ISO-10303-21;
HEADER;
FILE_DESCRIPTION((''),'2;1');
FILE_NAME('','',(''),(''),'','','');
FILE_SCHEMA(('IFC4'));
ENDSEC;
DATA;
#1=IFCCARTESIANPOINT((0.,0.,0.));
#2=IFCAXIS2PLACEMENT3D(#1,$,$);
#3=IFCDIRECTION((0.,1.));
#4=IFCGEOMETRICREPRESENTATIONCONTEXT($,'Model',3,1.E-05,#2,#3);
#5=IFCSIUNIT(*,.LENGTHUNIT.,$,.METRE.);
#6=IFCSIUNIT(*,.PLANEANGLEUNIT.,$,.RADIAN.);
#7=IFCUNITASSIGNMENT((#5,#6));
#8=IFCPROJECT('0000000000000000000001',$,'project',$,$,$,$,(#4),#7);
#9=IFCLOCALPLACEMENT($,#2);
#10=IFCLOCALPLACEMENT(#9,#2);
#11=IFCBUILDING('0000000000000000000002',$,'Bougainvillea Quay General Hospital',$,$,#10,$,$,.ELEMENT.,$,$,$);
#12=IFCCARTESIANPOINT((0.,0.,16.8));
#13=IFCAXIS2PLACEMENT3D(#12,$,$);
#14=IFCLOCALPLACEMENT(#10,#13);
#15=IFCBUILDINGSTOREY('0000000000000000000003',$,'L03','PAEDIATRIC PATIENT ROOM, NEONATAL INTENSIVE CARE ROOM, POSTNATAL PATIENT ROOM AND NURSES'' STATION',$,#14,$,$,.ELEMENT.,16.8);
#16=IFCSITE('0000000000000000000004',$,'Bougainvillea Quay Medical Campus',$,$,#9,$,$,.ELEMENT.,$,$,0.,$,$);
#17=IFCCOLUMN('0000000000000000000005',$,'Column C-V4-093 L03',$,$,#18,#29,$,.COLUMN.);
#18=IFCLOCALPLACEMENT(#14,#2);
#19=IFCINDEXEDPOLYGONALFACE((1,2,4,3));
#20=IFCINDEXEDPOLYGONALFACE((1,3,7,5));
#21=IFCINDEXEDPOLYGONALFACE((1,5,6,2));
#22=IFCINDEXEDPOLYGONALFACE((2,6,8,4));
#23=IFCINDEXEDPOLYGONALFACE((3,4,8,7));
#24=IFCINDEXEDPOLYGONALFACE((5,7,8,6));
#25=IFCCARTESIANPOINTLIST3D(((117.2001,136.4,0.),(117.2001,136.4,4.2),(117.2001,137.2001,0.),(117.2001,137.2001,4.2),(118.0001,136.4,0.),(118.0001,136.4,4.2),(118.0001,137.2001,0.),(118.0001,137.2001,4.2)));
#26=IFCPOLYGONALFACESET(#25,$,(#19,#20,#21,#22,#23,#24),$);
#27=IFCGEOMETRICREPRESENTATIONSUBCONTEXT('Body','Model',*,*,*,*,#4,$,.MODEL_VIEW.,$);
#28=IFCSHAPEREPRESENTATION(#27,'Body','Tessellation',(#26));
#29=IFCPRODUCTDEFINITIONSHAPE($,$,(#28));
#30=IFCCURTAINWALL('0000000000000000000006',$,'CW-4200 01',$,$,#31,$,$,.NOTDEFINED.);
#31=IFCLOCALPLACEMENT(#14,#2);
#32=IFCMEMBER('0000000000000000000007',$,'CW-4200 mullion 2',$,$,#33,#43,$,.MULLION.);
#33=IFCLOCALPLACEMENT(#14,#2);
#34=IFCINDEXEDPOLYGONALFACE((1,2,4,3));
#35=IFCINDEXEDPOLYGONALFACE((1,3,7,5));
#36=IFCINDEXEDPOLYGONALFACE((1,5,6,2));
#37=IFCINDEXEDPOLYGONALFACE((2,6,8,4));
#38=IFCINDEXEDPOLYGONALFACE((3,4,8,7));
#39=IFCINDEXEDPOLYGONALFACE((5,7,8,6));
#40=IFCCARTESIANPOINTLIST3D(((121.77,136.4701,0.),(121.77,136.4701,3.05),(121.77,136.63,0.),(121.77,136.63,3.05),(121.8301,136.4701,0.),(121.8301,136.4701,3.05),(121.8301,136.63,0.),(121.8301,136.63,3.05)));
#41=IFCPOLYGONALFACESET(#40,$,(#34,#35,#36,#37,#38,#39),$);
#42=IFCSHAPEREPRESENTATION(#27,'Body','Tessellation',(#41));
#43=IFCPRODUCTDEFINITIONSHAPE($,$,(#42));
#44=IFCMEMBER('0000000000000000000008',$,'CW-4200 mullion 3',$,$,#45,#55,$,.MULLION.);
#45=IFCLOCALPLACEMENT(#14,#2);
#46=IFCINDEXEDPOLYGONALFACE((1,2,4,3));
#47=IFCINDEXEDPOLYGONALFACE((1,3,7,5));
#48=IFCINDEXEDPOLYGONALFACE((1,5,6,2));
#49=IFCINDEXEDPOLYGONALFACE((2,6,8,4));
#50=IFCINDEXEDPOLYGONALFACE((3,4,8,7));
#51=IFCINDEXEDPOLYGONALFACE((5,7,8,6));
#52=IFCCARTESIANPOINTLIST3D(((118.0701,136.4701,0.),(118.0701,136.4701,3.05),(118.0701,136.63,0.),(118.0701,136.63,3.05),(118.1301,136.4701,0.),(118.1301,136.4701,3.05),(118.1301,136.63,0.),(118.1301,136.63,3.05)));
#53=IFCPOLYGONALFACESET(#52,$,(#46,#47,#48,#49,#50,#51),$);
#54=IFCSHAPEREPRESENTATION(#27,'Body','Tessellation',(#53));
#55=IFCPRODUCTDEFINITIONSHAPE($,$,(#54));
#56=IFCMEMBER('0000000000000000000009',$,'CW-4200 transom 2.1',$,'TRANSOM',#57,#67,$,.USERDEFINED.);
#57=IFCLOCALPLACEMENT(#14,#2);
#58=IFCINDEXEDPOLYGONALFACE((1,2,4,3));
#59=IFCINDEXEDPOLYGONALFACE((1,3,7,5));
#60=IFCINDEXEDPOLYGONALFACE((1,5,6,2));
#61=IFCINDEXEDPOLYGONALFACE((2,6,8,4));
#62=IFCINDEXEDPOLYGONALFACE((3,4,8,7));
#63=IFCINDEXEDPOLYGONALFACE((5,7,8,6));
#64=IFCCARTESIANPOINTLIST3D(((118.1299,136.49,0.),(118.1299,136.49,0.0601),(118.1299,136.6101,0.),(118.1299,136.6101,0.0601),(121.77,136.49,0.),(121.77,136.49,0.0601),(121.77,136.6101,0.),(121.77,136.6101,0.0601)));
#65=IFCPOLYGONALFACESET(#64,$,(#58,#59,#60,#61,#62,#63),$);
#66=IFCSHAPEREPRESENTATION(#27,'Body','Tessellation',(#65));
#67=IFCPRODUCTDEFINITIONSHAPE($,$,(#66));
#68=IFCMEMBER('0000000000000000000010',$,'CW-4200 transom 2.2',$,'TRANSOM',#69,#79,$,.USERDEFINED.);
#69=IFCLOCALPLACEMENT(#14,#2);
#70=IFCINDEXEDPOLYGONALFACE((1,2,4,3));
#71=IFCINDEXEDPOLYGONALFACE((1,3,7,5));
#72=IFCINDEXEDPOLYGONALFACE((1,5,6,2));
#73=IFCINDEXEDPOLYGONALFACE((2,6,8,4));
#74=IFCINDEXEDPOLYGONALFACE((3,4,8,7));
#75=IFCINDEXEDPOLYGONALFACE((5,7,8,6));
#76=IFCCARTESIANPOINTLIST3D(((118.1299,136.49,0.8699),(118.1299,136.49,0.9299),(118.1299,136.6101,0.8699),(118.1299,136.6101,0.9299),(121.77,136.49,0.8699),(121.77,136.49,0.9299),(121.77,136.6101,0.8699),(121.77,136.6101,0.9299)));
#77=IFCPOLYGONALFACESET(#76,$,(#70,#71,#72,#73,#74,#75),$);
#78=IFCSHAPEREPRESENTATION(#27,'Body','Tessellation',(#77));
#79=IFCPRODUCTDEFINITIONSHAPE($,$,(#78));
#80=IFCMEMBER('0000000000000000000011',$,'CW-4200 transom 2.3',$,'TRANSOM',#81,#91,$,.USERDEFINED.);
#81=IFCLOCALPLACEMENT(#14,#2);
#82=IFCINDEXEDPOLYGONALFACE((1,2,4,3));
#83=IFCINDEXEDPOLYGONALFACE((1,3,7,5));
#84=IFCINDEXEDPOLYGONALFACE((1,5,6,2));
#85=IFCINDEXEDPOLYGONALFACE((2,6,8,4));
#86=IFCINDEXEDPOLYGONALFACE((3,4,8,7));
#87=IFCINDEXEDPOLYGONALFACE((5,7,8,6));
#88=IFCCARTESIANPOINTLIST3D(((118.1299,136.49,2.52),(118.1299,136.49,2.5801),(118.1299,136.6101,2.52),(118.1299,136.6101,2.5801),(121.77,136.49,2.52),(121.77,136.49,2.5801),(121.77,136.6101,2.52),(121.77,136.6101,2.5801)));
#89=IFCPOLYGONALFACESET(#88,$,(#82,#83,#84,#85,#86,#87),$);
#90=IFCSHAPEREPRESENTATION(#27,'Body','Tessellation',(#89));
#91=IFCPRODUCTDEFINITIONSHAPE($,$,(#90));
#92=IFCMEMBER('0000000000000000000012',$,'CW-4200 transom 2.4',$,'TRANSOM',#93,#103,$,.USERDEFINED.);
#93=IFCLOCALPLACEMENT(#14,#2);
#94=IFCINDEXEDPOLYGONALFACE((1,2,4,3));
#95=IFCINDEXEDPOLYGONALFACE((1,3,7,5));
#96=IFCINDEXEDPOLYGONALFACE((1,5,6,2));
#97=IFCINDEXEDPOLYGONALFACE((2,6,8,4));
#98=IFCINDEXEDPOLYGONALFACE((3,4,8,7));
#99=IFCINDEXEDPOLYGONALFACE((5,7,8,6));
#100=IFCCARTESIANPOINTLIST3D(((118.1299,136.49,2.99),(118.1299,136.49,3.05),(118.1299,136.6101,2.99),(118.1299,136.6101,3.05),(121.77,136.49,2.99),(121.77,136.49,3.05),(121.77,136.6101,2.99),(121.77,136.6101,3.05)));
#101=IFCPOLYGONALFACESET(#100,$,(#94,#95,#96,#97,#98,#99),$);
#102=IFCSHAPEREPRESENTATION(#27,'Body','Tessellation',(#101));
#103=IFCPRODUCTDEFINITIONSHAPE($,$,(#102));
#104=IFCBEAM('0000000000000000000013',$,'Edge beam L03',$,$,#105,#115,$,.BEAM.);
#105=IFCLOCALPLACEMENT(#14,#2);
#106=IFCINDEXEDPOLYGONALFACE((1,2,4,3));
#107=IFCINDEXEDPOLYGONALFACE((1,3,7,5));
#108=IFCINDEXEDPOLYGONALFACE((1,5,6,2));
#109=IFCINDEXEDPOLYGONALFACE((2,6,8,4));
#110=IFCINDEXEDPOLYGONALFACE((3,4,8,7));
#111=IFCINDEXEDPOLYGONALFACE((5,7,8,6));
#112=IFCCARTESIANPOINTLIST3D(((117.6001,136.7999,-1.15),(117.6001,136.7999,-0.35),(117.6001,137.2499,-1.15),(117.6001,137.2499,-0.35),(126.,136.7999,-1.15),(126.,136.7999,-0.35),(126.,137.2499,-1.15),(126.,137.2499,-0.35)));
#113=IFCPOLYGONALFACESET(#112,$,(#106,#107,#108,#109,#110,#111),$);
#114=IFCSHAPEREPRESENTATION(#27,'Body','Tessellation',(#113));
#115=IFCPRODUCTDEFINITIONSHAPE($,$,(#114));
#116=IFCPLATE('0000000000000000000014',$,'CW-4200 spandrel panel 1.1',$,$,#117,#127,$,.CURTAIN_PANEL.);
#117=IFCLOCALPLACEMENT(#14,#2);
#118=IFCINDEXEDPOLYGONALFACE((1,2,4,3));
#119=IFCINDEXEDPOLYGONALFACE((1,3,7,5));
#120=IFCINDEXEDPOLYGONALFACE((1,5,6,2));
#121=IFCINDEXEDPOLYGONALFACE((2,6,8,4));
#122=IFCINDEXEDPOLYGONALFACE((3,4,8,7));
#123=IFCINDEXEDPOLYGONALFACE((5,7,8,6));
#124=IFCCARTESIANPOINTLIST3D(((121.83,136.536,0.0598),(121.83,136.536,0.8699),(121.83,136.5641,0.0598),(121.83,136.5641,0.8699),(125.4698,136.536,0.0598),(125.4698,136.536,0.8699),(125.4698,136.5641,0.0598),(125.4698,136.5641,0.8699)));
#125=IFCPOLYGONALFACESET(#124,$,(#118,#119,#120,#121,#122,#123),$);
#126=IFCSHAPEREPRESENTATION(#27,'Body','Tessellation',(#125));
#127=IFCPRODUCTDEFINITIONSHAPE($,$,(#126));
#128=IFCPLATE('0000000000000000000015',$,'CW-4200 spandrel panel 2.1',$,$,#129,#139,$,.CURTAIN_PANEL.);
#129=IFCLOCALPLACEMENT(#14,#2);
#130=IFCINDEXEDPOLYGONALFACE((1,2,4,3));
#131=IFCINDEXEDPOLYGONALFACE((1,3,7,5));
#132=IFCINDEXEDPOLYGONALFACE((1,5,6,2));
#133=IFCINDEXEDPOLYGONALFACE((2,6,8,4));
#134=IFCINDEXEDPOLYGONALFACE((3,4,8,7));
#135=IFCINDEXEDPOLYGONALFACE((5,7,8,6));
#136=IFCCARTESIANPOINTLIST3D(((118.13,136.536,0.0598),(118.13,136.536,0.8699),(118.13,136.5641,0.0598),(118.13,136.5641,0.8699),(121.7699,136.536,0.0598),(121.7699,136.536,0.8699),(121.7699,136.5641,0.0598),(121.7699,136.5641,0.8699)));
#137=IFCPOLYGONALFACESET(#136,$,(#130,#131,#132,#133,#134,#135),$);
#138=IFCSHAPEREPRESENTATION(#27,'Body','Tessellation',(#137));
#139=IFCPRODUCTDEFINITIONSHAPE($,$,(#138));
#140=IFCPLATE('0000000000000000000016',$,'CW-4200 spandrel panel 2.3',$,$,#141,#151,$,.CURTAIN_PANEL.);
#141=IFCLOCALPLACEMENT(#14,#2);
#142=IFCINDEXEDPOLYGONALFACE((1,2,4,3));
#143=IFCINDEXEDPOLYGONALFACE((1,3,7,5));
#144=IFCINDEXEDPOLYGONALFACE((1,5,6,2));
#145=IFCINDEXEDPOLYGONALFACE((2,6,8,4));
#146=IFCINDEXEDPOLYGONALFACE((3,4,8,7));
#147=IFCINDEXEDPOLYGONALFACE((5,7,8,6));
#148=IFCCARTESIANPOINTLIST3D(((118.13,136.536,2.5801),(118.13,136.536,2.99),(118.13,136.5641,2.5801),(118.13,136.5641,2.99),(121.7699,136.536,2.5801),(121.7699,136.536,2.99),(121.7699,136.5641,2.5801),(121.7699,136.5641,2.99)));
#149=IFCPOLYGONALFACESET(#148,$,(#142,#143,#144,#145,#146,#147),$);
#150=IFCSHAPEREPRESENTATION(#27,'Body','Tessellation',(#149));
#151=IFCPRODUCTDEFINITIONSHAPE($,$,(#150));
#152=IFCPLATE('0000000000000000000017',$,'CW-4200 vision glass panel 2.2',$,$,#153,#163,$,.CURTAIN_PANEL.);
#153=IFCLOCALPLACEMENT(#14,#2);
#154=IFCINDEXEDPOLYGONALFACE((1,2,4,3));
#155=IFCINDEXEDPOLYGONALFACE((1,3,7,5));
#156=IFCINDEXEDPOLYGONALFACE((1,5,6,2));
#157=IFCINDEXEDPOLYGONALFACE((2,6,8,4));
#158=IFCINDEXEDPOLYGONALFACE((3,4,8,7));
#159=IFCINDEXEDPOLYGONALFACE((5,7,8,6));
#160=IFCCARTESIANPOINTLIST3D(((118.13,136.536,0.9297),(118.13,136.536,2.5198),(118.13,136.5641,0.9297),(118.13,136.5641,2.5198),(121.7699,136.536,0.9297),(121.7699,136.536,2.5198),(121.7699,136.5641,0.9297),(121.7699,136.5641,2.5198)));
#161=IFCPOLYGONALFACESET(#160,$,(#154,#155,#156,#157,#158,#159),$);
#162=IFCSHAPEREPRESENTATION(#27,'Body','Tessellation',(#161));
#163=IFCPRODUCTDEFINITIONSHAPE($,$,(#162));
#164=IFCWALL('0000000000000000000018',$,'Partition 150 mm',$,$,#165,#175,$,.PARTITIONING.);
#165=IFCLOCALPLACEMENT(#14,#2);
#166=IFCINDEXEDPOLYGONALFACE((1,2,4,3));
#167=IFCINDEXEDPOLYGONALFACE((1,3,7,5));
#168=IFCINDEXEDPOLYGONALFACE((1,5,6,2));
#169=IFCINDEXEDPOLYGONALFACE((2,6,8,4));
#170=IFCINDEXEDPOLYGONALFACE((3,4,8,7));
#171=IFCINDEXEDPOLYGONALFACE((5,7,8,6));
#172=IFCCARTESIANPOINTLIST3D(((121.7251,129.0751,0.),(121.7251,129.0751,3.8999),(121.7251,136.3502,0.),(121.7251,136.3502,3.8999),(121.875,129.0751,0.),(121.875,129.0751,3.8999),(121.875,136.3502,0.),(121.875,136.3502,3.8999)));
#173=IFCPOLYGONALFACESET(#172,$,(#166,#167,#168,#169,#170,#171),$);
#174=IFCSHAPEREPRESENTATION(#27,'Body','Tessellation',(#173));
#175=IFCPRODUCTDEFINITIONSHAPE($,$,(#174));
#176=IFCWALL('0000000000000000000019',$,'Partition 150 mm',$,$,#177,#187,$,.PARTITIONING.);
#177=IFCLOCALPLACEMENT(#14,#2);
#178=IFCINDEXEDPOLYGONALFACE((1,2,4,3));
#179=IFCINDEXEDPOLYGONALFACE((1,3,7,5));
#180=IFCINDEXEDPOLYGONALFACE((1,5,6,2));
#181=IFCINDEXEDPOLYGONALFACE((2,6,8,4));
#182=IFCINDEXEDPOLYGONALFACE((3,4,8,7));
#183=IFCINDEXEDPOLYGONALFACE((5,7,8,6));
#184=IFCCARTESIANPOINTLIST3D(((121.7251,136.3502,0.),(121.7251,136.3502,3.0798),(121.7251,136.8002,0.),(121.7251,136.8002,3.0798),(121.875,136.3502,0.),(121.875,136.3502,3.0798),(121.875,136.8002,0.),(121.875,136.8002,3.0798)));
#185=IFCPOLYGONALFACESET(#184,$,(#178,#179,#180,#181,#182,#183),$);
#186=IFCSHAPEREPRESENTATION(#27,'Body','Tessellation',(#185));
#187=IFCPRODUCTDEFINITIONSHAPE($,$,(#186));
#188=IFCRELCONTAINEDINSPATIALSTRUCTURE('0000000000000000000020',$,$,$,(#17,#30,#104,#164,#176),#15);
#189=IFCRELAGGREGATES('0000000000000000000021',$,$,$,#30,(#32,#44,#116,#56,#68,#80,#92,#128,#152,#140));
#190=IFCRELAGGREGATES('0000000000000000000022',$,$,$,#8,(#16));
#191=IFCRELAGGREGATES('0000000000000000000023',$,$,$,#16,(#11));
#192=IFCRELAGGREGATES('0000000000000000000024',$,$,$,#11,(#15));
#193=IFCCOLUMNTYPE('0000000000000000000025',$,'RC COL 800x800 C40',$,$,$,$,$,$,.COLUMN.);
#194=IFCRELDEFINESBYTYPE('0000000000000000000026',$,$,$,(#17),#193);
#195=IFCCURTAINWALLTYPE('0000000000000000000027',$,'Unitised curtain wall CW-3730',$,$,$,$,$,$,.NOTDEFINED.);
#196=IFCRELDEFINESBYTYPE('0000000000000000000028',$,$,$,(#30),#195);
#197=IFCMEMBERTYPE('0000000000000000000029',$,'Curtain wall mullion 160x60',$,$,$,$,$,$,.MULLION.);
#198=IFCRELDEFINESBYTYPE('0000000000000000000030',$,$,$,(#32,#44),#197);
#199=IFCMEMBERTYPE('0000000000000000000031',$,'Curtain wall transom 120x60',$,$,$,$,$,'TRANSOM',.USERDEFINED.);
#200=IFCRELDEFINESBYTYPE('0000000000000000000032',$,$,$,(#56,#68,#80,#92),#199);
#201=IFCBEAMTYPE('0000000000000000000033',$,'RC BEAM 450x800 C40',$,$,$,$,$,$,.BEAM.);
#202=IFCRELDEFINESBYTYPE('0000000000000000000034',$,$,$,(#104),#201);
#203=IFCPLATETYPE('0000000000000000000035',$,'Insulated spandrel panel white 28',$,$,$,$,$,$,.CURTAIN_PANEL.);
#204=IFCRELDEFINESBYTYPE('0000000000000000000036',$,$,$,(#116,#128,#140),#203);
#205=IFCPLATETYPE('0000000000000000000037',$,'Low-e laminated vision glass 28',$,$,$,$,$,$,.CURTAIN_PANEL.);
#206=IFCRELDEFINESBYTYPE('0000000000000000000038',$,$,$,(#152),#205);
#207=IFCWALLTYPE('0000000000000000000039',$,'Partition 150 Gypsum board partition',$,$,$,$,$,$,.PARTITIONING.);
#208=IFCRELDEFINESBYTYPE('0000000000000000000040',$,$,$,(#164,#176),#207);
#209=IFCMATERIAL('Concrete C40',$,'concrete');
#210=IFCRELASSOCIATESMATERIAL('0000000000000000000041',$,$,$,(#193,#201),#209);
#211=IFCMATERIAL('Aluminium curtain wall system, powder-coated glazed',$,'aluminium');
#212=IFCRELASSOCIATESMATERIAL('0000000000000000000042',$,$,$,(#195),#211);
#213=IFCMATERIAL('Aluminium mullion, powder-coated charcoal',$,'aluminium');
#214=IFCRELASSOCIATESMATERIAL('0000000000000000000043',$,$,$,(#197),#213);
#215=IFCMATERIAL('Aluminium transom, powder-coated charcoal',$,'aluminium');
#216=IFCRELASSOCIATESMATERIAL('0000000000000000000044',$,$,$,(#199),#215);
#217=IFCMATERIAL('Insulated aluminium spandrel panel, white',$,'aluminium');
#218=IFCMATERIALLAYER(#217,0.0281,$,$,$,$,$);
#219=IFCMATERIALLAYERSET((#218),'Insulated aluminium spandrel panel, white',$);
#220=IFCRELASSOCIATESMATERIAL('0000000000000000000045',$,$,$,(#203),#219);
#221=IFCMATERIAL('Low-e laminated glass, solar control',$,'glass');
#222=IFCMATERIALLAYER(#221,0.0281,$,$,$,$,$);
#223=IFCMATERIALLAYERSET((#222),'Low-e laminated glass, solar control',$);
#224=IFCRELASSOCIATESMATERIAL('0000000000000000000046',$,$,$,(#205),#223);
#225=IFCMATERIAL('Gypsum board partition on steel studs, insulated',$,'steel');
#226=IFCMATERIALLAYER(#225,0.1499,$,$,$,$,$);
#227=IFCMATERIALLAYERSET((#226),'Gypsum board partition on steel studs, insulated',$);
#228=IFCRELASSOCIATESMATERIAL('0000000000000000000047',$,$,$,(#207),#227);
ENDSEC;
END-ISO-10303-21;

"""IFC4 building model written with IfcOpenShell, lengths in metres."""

from ifc_helpers import new_model, si_unit, direction, frame, frame_2d, origin, origin_2d, place, context, subcontext, project, spatial, rectangle, extrude, material, layer, layer_set, material_profile, profile_set, type_object, element, aggregate, save


model = new_model("IFC4")

# Units and contexts
model_context = context("Model", 3, precision=1e-05, world=origin(), true_north=direction((0.0, 1.0)))
body_context = subcontext(model_context, "Body", "Model", "MODEL_VIEW")
ifc_project = project(units=[si_unit("LENGTHUNIT", "METRE"), si_unit("PLANEANGLEUNIT", "RADIAN")], contexts=[model_context])

# Site, building, storey
site_placement = place(None, origin())
site = spatial("IfcSite", under=ifc_project, at=site_placement, Name="Bougainvillea Quay Medical Campus", CompositionType="ELEMENT", RefElevation=0.0)
building_placement = place(site_placement, origin())
building = spatial("IfcBuilding", under=site, at=building_placement, Name="Bougainvillea Quay General Hospital", CompositionType="ELEMENT")
storey_placement = place(building_placement, frame((0.0, 0.0, 16.8)))
storey = spatial("IfcBuildingStorey", under=building, at=storey_placement, Name="L03", Description="PAEDIATRIC PATIENT ROOM, NEONATAL INTENSIVE CARE ROOM, POSTNATAL PATIENT ROOM AND NURSES' STATION", CompositionType="ELEMENT", Elevation=16.8)

# Column
ifc_material_1 = material(Name="Concrete C40", Category="concrete")
ifc_material_profile_1 = material_profile(ifc_material_1, rectangle(XDim=0.8, YDim=0.8, at=origin_2d()))
ifc_profile_set_1 = profile_set([ifc_material_profile_1], Name="Concrete C40")
column_type = type_object("IfcColumnType", Name="RC COL 800x800 C40", PredefinedType="COLUMN", material=ifc_profile_set_1)
column_placement = place(storey_placement, frame((117.6001, 136.8, 0.0), z_axis=(0.0, 0.0, 1.0), x_axis=(1.0, 0.0, 0.0)))
element("IfcColumn", 1, at=column_placement, inside=storey, type_object=column_type, Name="Column C-V4-093 L03", PredefinedType="COLUMN", context=body_context, shape_type="SweptSolid", body=[
    extrude(rectangle(XDim=0.8, YDim=0.8, at=origin_2d()), origin(), (0.0, 0.0, 1.0), 4.2),
])

# Curtain wall, members
ifc_material_2 = material(Name="Aluminium curtain wall system, powder-coated glazed", Category="aluminium")
curtain_wall_type = type_object("IfcCurtainWallType", Name="Unitised curtain wall CW-3730", PredefinedType="NOTDEFINED", material=ifc_material_2)
curtain_wall_placement = place(storey_placement, origin())
curtain_wall = element("IfcCurtainWall", 2, at=curtain_wall_placement, inside=storey, type_object=curtain_wall_type, Name="CW-4200 01", PredefinedType="NOTDEFINED")
ifc_material_3 = material(Name="Aluminium mullion, powder-coated charcoal", Category="aluminium")
ifc_material_profile_2 = material_profile(ifc_material_3, rectangle(XDim=0.1599, YDim=0.0601, at=origin_2d()))
ifc_profile_set_2 = profile_set([ifc_material_profile_2], Name="Aluminium mullion, powder-coated charcoal")
member_type_1 = type_object("IfcMemberType", Name="Curtain wall mullion 160x60", PredefinedType="MULLION", material=ifc_profile_set_2)
member_1_placement = place(storey_placement, frame((121.8, 136.55, 0.0), z_axis=(0.0, 0.0, 1.0), x_axis=(0.0, -1.0, 0.0)))
member_1 = element("IfcMember", 3, at=member_1_placement, type_object=member_type_1, Name="CW-4200 mullion 2", PredefinedType="MULLION", context=body_context, shape_type="SweptSolid", body=[
    extrude(rectangle(XDim=0.1599, YDim=0.0601, at=origin_2d()), origin(), (0.0, 0.0, 1.0), 3.05),
])
member_2_placement = place(storey_placement, frame((118.1001, 136.55, 0.0), z_axis=(0.0, 0.0, 1.0), x_axis=(0.0, -1.0, 0.0)))
member_2 = element("IfcMember", 4, at=member_2_placement, type_object=member_type_1, Name="CW-4200 mullion 3", PredefinedType="MULLION", context=body_context, shape_type="SweptSolid", body=[
    extrude(rectangle(XDim=0.1599, YDim=0.0601, at=origin_2d()), origin(), (0.0, 0.0, 1.0), 3.05),
])
ifc_material_4 = material(Name="Aluminium transom, powder-coated charcoal", Category="aluminium")
ifc_material_profile_3 = material_profile(ifc_material_4, rectangle(XDim=0.1201, YDim=0.0601, at=origin_2d()))
ifc_profile_set_3 = profile_set([ifc_material_profile_3], Name="Aluminium transom, powder-coated charcoal")
member_type_2 = type_object("IfcMemberType", Name="Curtain wall transom 120x60", ElementType="TRANSOM", PredefinedType="USERDEFINED", material=ifc_profile_set_3)
member_3_placement = place(storey_placement, frame((121.77, 136.55, 0.03), z_axis=(-1.0, 0.0, 0.0), x_axis=(0.0, -1.0, 0.0)))
member_3 = element("IfcMember", 5, at=member_3_placement, type_object=member_type_2, Name="CW-4200 transom 2.1", ObjectType="TRANSOM", PredefinedType="USERDEFINED", context=body_context, shape_type="SweptSolid", body=[
    extrude(rectangle(XDim=0.1201, YDim=0.0601, at=origin_2d()), origin(), (0.0, 0.0, 1.0), 3.6401),
])
member_4_placement = place(storey_placement, frame((121.77, 136.55, 0.8999), z_axis=(-1.0, 0.0, 0.0), x_axis=(0.0, -1.0, 0.0)))
member_4 = element("IfcMember", 6, at=member_4_placement, type_object=member_type_2, Name="CW-4200 transom 2.2", ObjectType="TRANSOM", PredefinedType="USERDEFINED", context=body_context, shape_type="SweptSolid", body=[
    extrude(rectangle(XDim=0.1201, YDim=0.0601, at=origin_2d()), origin(), (0.0, 0.0, 1.0), 3.6401),
])
member_5_placement = place(storey_placement, frame((121.77, 136.55, 2.55), z_axis=(-1.0, 0.0, 0.0), x_axis=(0.0, -1.0, 0.0)))
member_5 = element("IfcMember", 7, at=member_5_placement, type_object=member_type_2, Name="CW-4200 transom 2.3", ObjectType="TRANSOM", PredefinedType="USERDEFINED", context=body_context, shape_type="SweptSolid", body=[
    extrude(rectangle(XDim=0.1201, YDim=0.0601, at=origin_2d()), origin(), (0.0, 0.0, 1.0), 3.6401),
])
member_6_placement = place(storey_placement, frame((121.77, 136.55, 3.02), z_axis=(-1.0, 0.0, 0.0), x_axis=(0.0, -1.0, 0.0)))
member_6 = element("IfcMember", 8, at=member_6_placement, type_object=member_type_2, Name="CW-4200 transom 2.4", ObjectType="TRANSOM", PredefinedType="USERDEFINED", context=body_context, shape_type="SweptSolid", body=[
    extrude(rectangle(XDim=0.1201, YDim=0.0601, at=origin_2d()), origin(), (0.0, 0.0, 1.0), 3.6401),
])

# Beam
ifc_material_profile_4 = material_profile(ifc_material_1, rectangle(XDim=0.45, YDim=0.8, at=origin_2d()))
ifc_profile_set_4 = profile_set([ifc_material_profile_4], Name="Concrete C40")
beam_type = type_object("IfcBeamType", Name="RC BEAM 450x800 C40", PredefinedType="BEAM", material=ifc_profile_set_4)
beam_placement = place(storey_placement, frame((117.6001, 137.0249, -0.75), z_axis=(1.0, 0.0, 0.0), x_axis=(0.0, 1.0, 0.0)))
element("IfcBeam", 9, at=beam_placement, inside=storey, type_object=beam_type, Name="Edge beam L03", PredefinedType="BEAM", context=body_context, shape_type="SweptSolid", body=[
    extrude(rectangle(XDim=0.45, YDim=0.8, at=origin_2d()), origin(), (0.0, 0.0, 1.0), 8.3999),
])

# Plates
ifc_material_5 = material(Name="Insulated aluminium spandrel panel, white", Category="aluminium")
ifc_layer_1 = layer(ifc_material_5, 0.0281)
ifc_layer_set_1 = layer_set([ifc_layer_1], Name="Insulated aluminium spandrel panel, white")
plate_type_1 = type_object("IfcPlateType", Name="Insulated spandrel panel white 28", PredefinedType="CURTAIN_PANEL", material=ifc_layer_set_1)
plate_1_placement = place(storey_placement, frame((123.6499, 136.55, 0.0598), z_axis=(0.0, 0.0, 1.0), x_axis=(-1.0, 0.0, 0.0)))
plate_1 = element("IfcPlate", 10, at=plate_1_placement, type_object=plate_type_1, Name="CW-4200 spandrel panel 1.1", PredefinedType="CURTAIN_PANEL", context=body_context, shape_type="SweptSolid", body=[
    extrude(rectangle(XDim=3.6399, YDim=0.0281, at=origin_2d()), origin(), (0.0, 0.0, 1.0), 0.8101),
])
plate_2_placement = place(storey_placement, frame((119.95, 136.55, 0.0598), z_axis=(0.0, 0.0, 1.0), x_axis=(-1.0, 0.0, 0.0)))
plate_2 = element("IfcPlate", 11, at=plate_2_placement, type_object=plate_type_1, Name="CW-4200 spandrel panel 2.1", PredefinedType="CURTAIN_PANEL", context=body_context, shape_type="SweptSolid", body=[
    extrude(rectangle(XDim=3.6399, YDim=0.0281, at=origin_2d()), origin(), (0.0, 0.0, 1.0), 0.8101),
])
plate_3_placement = place(storey_placement, frame((119.95, 136.55, 2.5801), z_axis=(0.0, 0.0, 1.0), x_axis=(-1.0, 0.0, 0.0)))
plate_3 = element("IfcPlate", 12, at=plate_3_placement, type_object=plate_type_1, Name="CW-4200 spandrel panel 2.3", PredefinedType="CURTAIN_PANEL", context=body_context, shape_type="SweptSolid", body=[
    extrude(rectangle(XDim=3.6399, YDim=0.0281, at=origin_2d()), origin(), (0.0, 0.0, 1.0), 0.4099),
])
ifc_material_6 = material(Name="Low-e laminated glass, solar control", Category="glass")
ifc_layer_2 = layer(ifc_material_6, 0.0281)
ifc_layer_set_2 = layer_set([ifc_layer_2], Name="Low-e laminated glass, solar control")
plate_type_2 = type_object("IfcPlateType", Name="Low-e laminated vision glass 28", PredefinedType="CURTAIN_PANEL", material=ifc_layer_set_2)
plate_4_placement = place(storey_placement, frame((119.95, 136.55, 0.9297), z_axis=(0.0, 0.0, 1.0), x_axis=(-1.0, 0.0, 0.0)))
plate_4 = element("IfcPlate", 13, at=plate_4_placement, type_object=plate_type_2, Name="CW-4200 vision glass panel 2.2", PredefinedType="CURTAIN_PANEL", context=body_context, shape_type="SweptSolid", body=[
    extrude(rectangle(XDim=3.6399, YDim=0.0281, at=origin_2d()), origin(), (0.0, 0.0, 1.0), 1.5901),
])
aggregate(curtain_wall, [member_1, member_2, plate_1, member_3, member_4, member_5, member_6, plate_2, plate_4, plate_3])

# Walls
ifc_material_7 = material(Name="Gypsum board partition on steel studs, insulated", Category="steel")
ifc_layer_3 = layer(ifc_material_7, 0.1499)
ifc_layer_set_3 = layer_set([ifc_layer_3], Name="Gypsum board partition on steel studs, insulated")
wall_type = type_object("IfcWallType", Name="Partition 150 Gypsum board partition", PredefinedType="PARTITIONING", material=ifc_layer_set_3)
wall_1_placement = place(storey_placement, frame((121.8, 129.075, 0.0), z_axis=(0.0, 0.0, 1.0), x_axis=(0.0, 1.0, 0.0)))
element("IfcWall", 14, at=wall_1_placement, inside=storey, type_object=wall_type, Name="Partition 150 mm", PredefinedType="PARTITIONING", context=body_context, shape_type="SweptSolid", body=[
    extrude(rectangle(XDim=7.2751, YDim=0.1499, at=frame_2d((3.6377, 0.0))), origin(), (0.0, 0.0, 1.0), 3.8999),
])
wall_2_placement = place(storey_placement, frame((121.8, 136.3501, 0.0), z_axis=(0.0, 0.0, 1.0), x_axis=(0.0, 1.0, 0.0)))
element("IfcWall", 15, at=wall_2_placement, inside=storey, type_object=wall_type, Name="Partition 150 mm", PredefinedType="PARTITIONING", context=body_context, shape_type="SweptSolid", body=[
    extrude(rectangle(XDim=0.45, YDim=0.1499, at=frame_2d((0.2251, 0.0))), origin(), (0.0, 0.0, 1.0), 3.0798),
])

save(model, "model.ifc")
